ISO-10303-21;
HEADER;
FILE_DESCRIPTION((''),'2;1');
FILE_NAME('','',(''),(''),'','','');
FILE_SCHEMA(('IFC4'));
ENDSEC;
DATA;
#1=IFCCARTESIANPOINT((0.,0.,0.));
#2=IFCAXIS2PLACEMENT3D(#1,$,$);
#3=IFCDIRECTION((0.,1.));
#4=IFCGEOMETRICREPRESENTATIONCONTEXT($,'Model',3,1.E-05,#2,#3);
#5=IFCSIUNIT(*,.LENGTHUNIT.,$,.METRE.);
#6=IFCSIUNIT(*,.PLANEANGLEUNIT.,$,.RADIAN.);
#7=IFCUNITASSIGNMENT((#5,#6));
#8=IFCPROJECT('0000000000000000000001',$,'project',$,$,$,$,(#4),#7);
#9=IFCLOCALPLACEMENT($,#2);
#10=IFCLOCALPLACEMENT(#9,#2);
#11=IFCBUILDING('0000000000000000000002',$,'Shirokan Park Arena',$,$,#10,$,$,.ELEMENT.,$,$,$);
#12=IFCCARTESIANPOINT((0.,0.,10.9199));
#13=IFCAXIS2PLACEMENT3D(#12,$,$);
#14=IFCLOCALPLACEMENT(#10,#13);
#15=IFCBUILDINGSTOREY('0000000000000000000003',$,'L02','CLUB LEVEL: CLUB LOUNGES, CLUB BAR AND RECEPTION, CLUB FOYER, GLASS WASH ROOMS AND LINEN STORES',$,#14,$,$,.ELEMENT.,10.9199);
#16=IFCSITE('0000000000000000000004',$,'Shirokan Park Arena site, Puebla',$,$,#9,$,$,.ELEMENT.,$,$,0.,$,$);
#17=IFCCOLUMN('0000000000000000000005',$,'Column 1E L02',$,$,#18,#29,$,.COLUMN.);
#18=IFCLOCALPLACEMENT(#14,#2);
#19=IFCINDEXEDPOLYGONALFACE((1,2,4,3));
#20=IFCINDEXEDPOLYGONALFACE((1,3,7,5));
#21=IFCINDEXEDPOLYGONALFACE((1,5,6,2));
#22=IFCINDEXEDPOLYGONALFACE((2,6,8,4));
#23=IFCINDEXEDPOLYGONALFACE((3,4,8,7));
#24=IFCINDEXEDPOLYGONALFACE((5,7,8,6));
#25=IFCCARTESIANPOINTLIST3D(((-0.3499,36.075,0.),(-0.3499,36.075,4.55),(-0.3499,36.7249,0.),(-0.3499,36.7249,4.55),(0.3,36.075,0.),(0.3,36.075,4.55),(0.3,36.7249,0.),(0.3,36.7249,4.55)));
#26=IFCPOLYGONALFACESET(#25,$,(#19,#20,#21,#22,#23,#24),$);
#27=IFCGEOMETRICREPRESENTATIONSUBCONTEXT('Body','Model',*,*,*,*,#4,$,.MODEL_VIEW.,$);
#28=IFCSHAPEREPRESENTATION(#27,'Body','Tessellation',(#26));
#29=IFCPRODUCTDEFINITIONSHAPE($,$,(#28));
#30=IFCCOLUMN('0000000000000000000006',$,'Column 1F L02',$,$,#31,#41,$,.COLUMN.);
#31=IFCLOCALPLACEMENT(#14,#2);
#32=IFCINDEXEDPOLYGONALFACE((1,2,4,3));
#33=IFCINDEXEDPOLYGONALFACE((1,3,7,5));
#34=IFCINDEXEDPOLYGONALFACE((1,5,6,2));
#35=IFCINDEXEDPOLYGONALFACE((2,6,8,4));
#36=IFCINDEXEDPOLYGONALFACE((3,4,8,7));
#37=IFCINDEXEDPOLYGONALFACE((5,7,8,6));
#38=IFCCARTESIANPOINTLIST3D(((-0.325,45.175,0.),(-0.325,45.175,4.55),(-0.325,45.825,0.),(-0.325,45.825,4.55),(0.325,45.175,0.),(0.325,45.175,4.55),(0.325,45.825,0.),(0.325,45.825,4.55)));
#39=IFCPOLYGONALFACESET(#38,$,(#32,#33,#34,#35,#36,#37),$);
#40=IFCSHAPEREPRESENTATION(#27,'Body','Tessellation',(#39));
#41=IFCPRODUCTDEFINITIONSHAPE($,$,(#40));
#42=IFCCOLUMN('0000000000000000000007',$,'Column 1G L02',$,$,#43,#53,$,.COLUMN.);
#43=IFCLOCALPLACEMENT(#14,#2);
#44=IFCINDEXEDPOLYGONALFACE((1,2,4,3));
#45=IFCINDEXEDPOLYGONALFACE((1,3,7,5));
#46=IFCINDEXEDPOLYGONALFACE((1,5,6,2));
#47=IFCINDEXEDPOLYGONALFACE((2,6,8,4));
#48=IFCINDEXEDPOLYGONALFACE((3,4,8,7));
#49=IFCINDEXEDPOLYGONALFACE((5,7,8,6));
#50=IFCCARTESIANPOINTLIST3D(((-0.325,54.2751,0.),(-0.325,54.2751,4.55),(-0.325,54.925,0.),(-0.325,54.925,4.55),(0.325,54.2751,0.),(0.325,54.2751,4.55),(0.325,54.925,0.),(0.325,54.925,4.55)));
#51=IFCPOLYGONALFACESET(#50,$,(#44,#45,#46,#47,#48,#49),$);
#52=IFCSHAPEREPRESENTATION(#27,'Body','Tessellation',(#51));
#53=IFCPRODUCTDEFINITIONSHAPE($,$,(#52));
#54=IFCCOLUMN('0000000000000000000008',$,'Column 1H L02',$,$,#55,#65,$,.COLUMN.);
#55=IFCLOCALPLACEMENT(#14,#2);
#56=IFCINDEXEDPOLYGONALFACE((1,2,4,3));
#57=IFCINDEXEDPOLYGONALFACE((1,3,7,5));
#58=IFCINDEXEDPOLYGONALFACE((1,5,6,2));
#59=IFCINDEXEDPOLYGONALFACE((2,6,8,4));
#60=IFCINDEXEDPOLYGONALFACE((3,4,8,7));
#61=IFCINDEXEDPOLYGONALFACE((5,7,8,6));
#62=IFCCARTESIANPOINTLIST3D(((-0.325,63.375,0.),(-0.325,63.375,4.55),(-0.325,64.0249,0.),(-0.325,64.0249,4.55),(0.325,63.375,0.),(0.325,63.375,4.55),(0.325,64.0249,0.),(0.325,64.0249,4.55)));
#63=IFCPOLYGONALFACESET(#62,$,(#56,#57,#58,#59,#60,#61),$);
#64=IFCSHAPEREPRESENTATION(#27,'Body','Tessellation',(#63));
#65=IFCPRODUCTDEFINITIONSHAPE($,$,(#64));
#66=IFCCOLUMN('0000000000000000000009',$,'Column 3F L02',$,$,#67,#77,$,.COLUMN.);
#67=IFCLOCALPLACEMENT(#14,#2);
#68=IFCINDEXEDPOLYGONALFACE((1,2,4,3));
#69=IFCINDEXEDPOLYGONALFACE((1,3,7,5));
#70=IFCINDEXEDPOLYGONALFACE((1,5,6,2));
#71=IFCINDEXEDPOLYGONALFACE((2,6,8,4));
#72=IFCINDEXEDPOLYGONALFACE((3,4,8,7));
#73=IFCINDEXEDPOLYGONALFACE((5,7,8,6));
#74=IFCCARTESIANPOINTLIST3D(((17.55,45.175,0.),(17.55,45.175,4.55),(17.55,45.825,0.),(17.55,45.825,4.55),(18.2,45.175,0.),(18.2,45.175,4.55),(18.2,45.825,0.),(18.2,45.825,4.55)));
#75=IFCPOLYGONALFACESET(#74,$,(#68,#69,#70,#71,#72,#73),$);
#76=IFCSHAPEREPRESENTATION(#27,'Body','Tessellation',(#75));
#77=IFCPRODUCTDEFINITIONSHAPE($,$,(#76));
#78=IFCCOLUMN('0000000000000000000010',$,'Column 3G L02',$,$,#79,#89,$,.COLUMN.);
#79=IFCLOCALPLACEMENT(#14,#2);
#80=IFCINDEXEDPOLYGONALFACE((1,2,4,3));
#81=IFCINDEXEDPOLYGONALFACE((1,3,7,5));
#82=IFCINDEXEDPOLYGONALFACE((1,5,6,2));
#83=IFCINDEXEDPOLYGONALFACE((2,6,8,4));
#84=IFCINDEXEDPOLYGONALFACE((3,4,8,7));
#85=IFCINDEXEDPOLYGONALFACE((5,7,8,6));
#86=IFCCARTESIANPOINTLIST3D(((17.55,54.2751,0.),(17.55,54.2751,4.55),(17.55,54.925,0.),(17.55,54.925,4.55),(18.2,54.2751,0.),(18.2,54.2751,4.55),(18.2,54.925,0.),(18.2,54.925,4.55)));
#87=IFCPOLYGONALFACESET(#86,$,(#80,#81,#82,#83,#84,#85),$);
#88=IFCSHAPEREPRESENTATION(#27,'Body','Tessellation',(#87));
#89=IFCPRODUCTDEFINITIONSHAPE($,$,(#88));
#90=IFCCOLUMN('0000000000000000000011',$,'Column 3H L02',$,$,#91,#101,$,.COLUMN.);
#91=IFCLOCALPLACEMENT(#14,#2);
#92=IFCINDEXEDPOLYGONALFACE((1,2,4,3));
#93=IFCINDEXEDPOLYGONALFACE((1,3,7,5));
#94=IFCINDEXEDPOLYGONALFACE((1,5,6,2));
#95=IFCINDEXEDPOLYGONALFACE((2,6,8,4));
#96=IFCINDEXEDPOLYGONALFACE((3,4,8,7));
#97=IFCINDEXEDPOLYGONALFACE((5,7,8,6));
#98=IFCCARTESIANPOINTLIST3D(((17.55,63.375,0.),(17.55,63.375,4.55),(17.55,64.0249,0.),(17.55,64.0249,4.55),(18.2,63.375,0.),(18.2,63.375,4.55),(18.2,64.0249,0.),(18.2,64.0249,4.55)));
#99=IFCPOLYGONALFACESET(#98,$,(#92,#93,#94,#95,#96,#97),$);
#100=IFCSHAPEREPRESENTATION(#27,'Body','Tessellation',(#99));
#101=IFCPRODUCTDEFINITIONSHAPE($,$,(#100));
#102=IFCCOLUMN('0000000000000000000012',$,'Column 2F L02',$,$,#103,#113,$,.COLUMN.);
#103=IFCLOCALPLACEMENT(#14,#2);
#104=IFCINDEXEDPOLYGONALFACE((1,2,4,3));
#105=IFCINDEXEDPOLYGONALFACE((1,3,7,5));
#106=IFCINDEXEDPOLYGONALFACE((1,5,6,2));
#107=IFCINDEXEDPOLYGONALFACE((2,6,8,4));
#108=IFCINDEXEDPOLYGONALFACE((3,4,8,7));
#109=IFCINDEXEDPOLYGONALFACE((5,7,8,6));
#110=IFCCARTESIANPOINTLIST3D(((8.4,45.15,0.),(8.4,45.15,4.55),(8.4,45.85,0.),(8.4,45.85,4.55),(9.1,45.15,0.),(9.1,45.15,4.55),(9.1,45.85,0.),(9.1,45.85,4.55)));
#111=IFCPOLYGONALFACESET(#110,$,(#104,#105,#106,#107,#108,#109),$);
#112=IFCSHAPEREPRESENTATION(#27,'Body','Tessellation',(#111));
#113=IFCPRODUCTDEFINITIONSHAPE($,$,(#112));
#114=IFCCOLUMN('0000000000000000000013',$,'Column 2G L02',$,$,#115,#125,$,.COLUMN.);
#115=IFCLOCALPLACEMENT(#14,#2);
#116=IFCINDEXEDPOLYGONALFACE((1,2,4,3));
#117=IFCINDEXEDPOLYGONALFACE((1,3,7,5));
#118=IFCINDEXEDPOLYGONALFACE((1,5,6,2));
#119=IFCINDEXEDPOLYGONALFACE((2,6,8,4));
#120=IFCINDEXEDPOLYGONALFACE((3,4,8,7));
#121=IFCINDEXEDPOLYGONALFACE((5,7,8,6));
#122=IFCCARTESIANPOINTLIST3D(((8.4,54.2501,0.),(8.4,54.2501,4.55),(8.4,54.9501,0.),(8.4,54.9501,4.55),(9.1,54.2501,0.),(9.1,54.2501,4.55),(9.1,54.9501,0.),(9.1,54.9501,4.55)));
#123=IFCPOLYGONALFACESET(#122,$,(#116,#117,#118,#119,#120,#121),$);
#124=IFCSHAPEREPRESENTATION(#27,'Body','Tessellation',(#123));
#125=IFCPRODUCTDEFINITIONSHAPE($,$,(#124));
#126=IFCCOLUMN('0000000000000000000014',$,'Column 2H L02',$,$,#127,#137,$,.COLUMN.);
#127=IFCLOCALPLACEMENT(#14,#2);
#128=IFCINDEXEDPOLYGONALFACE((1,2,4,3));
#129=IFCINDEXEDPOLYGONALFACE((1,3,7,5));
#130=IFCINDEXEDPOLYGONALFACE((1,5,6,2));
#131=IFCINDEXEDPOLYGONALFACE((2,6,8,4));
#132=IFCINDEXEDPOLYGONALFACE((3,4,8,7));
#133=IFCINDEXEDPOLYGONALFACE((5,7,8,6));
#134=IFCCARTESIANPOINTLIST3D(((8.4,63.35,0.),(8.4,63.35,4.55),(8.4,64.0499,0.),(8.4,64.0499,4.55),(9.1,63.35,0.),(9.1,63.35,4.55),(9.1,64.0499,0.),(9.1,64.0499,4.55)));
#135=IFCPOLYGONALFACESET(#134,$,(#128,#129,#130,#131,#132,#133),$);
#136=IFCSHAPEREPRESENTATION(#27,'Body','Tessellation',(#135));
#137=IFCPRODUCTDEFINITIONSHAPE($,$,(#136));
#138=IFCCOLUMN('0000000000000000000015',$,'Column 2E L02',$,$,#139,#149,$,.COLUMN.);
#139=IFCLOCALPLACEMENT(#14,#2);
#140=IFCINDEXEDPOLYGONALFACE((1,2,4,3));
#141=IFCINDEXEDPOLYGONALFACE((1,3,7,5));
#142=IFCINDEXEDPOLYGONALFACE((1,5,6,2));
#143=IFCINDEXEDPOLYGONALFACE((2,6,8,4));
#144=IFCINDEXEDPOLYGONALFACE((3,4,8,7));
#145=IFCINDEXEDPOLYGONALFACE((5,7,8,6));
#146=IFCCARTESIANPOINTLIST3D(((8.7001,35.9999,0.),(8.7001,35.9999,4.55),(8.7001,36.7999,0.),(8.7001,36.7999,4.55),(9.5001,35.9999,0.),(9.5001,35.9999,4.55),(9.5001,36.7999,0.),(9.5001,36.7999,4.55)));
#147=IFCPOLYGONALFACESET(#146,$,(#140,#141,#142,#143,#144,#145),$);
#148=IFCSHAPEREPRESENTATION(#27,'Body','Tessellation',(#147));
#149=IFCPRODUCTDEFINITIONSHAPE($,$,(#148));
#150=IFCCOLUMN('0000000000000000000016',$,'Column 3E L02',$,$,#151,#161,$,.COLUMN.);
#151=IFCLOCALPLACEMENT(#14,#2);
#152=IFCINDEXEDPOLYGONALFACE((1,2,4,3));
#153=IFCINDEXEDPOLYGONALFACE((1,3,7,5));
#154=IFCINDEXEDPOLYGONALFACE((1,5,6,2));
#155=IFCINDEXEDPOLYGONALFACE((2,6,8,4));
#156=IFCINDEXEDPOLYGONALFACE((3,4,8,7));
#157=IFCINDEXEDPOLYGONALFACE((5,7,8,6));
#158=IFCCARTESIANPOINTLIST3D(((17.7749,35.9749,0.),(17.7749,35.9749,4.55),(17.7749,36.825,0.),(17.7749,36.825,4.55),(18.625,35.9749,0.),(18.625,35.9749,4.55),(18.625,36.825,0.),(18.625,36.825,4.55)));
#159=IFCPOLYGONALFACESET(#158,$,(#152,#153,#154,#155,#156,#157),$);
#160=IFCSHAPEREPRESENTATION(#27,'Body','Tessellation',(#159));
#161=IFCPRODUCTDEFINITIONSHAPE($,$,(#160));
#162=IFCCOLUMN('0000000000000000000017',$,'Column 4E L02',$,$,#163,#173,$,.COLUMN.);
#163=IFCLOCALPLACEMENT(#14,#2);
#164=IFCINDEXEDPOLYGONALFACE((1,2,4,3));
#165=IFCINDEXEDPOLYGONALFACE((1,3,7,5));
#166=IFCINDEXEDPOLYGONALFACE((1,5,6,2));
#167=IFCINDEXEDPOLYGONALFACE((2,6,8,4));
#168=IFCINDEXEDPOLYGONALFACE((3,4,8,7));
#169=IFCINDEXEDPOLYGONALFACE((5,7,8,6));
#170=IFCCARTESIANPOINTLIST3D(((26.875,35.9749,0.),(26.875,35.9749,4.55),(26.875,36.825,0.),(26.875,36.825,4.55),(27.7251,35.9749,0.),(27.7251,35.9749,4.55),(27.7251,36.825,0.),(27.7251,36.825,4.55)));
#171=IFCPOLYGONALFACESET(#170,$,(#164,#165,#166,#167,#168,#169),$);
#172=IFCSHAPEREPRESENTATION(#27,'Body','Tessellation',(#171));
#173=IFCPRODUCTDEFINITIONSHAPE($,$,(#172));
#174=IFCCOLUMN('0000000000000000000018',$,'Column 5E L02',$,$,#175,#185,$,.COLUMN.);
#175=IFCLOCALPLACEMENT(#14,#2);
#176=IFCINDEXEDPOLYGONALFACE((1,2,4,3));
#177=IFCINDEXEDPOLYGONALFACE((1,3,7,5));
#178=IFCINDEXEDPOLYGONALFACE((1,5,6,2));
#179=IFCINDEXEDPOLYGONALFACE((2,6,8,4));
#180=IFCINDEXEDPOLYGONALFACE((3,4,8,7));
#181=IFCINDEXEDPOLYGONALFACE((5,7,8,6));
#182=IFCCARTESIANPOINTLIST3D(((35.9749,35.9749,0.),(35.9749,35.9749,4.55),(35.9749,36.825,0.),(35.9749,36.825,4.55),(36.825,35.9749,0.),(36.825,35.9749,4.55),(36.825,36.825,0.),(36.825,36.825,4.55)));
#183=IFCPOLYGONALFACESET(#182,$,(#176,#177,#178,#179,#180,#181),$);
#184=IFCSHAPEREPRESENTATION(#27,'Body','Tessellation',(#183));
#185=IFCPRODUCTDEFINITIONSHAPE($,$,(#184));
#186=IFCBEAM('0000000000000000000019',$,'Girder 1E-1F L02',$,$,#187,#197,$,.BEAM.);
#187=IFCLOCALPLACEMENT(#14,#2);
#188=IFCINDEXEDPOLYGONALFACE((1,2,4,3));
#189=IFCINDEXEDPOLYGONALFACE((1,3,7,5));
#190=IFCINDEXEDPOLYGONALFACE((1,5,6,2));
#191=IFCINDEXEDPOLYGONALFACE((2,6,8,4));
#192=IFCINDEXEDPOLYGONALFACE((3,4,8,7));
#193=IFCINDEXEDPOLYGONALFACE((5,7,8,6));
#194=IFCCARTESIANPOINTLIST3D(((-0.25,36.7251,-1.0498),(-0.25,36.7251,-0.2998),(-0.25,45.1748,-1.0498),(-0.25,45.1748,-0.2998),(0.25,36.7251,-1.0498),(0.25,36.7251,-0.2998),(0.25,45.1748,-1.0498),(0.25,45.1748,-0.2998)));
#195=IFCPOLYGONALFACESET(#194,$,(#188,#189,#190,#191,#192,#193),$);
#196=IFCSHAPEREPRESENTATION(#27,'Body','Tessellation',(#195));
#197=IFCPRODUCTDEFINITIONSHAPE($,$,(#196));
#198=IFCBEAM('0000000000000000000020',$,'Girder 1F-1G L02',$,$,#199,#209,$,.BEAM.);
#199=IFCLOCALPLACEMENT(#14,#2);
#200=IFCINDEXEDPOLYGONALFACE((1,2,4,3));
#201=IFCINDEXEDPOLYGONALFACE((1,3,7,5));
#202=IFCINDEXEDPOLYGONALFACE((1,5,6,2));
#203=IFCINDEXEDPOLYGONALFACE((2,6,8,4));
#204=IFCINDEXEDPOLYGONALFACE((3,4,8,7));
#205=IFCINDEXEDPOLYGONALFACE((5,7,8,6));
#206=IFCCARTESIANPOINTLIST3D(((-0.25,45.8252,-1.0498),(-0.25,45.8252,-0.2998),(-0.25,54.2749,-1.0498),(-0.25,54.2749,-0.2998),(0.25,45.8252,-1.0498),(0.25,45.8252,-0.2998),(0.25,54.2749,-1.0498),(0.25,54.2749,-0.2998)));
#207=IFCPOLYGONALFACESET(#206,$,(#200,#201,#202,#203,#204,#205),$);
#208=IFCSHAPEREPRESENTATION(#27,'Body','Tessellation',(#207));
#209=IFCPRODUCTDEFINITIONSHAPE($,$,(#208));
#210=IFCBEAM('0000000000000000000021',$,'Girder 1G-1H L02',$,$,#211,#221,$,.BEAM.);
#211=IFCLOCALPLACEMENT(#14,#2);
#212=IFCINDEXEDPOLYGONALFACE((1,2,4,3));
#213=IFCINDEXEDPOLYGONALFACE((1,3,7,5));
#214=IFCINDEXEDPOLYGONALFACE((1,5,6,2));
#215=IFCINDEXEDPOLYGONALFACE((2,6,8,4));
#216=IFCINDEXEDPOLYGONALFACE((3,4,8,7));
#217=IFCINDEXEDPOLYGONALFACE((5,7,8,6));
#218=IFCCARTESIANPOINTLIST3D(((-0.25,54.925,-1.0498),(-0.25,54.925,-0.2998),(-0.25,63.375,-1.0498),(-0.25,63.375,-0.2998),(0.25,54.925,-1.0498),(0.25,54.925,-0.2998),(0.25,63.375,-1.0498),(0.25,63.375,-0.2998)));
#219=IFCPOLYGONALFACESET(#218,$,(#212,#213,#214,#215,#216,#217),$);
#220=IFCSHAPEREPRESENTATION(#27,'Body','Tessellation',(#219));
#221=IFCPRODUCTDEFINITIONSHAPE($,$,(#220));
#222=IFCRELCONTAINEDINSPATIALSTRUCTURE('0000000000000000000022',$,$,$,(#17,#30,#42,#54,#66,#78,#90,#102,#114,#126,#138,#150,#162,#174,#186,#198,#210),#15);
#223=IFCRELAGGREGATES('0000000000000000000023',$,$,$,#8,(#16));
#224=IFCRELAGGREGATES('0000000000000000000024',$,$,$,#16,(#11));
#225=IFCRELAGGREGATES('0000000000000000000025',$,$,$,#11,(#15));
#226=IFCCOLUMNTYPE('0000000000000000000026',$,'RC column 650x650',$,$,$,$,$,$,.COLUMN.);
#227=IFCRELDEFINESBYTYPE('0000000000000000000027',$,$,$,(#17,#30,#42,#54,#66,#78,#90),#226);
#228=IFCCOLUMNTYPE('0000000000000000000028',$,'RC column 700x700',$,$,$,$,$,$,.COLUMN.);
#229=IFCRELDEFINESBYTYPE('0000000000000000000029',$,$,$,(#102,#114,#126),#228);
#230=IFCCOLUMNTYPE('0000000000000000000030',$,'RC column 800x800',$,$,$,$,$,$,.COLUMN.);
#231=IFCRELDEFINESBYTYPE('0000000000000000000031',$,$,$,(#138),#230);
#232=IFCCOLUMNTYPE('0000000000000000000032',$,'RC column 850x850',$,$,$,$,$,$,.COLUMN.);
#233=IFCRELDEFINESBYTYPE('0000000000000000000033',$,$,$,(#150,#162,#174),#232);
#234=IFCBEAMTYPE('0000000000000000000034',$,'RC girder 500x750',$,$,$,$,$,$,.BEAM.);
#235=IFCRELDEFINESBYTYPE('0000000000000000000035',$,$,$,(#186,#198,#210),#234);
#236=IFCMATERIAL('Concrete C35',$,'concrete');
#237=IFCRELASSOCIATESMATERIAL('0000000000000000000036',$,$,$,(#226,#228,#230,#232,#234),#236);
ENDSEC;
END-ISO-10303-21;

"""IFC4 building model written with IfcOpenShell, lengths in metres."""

from ifc_helpers import new_model, si_unit, direction, frame, origin, origin_2d, place, context, subcontext, project, spatial, rectangle, extrude, material, material_profile, profile_set, type_object, element, save


model = new_model("IFC4")

# Units and contexts
model_context = context("Model", 3, precision=1e-05, world=origin(), true_north=direction((0.0, 1.0)))
body_context = subcontext(model_context, "Body", "Model", "MODEL_VIEW")
ifc_project = project(units=[si_unit("LENGTHUNIT", "METRE"), si_unit("PLANEANGLEUNIT", "RADIAN")], contexts=[model_context])

# Site, building, storey
site_placement = place(None, origin())
site = spatial("IfcSite", under=ifc_project, at=site_placement, Name="Shirokan Park Arena site, Puebla", CompositionType="ELEMENT", RefElevation=0.0)
building_placement = place(site_placement, origin())
building = spatial("IfcBuilding", under=site, at=building_placement, Name="Shirokan Park Arena", CompositionType="ELEMENT")
storey_placement = place(building_placement, frame((0.0, 0.0, 10.9199)))
storey = spatial("IfcBuildingStorey", under=building, at=storey_placement, Name="L02", Description="CLUB LEVEL: CLUB LOUNGES, CLUB BAR AND RECEPTION, CLUB FOYER, GLASS WASH ROOMS AND LINEN STORES", CompositionType="ELEMENT", Elevation=10.9199)

# Columns
ifc_material_1 = material(Name="Concrete C35", Category="concrete")
ifc_material_profile_1 = material_profile(ifc_material_1, rectangle(XDim=0.6499, YDim=0.6499, at=origin_2d()), Name="650x650")
ifc_profile_set_1 = profile_set([ifc_material_profile_1], Name="Concrete C35")
column_type_1 = type_object("IfcColumnType", Name="RC column 650x650", PredefinedType="COLUMN", material=ifc_profile_set_1)
for number, where, z_axis, x_axis, name in (
    (1, (-0.0249, 36.3999, 0.0), (0.0, 0.0, 1.0), (1.0, 0.0, 0.0), "Column 1E L02"),
    (2, (0.0, 45.5, 0.0), (0.0, 0.0, 1.0), (1.0, 0.0, 0.0), "Column 1F L02"),
    (3, (0.0, 54.6001, 0.0), (0.0, 0.0, 1.0), (1.0, 0.0, 0.0), "Column 1G L02"),
    (4, (0.0, 63.7, 0.0), (0.0, 0.0, 1.0), (1.0, 0.0, 0.0), "Column 1H L02"),
    (5, (17.875, 45.5, 0.0), (0.0, 0.0, 1.0), (1.0, 0.0, 0.0), "Column 3F L02"),
    (6, (17.875, 54.6001, 0.0), (0.0, 0.0, 1.0), (1.0, 0.0, 0.0), "Column 3G L02"),
    (7, (17.875, 63.7, 0.0), (0.0, 0.0, 1.0), (1.0, 0.0, 0.0), "Column 3H L02"),
):
    element("IfcColumn", number, at=place(storey_placement, frame(where, z_axis=z_axis, x_axis=x_axis)), inside=storey, type_object=column_type_1, Name=name, PredefinedType="COLUMN", context=body_context, shape_type="SweptSolid", body=[
        extrude(rectangle(XDim=0.6499, YDim=0.6499, at=origin_2d()), origin(), (0.0, 0.0, 1.0), 4.55),
    ])
ifc_material_profile_2 = material_profile(ifc_material_1, rectangle(XDim=0.7, YDim=0.7, at=origin_2d()), Name="700x700")
ifc_profile_set_2 = profile_set([ifc_material_profile_2], Name="Concrete C35")
column_type_2 = type_object("IfcColumnType", Name="RC column 700x700", PredefinedType="COLUMN", material=ifc_profile_set_2)
for number, where, z_axis, x_axis, name in (
    (8, (8.75, 45.5, 0.0), (0.0, 0.0, 1.0), (1.0, 0.0, 0.0), "Column 2F L02"),
    (9, (8.75, 54.6001, 0.0), (0.0, 0.0, 1.0), (1.0, 0.0, 0.0), "Column 2G L02"),
    (10, (8.75, 63.7, 0.0), (0.0, 0.0, 1.0), (1.0, 0.0, 0.0), "Column 2H L02"),
):
    element("IfcColumn", number, at=place(storey_placement, frame(where, z_axis=z_axis, x_axis=x_axis)), inside=storey, type_object=column_type_2, Name=name, PredefinedType="COLUMN", context=body_context, shape_type="SweptSolid", body=[
        extrude(rectangle(XDim=0.7, YDim=0.7, at=origin_2d()), origin(), (0.0, 0.0, 1.0), 4.55),
    ])
ifc_material_profile_3 = material_profile(ifc_material_1, rectangle(XDim=0.8, YDim=0.8, at=origin_2d()), Name="800x800")
ifc_profile_set_3 = profile_set([ifc_material_profile_3], Name="Concrete C35")
column_type_3 = type_object("IfcColumnType", Name="RC column 800x800", PredefinedType="COLUMN", material=ifc_profile_set_3)
column_placement = place(storey_placement, frame((9.1001, 36.3999, 0.0), z_axis=(0.0, 0.0, 1.0), x_axis=(1.0, 0.0, 0.0)))
element("IfcColumn", 11, at=column_placement, inside=storey, type_object=column_type_3, Name="Column 2E L02", PredefinedType="COLUMN", context=body_context, shape_type="SweptSolid", body=[
    extrude(rectangle(XDim=0.8, YDim=0.8, at=origin_2d()), origin(), (0.0, 0.0, 1.0), 4.55),
])
ifc_material_profile_4 = material_profile(ifc_material_1, rectangle(XDim=0.8501, YDim=0.8501, at=origin_2d()), Name="850x850")
ifc_profile_set_4 = profile_set([ifc_material_profile_4], Name="Concrete C35")
column_type_4 = type_object("IfcColumnType", Name="RC column 850x850", PredefinedType="COLUMN", material=ifc_profile_set_4)
for number, where, z_axis, x_axis, name in (
    (12, (18.2, 36.3999, 0.0), (0.0, 0.0, 1.0), (1.0, 0.0, 0.0), "Column 3E L02"),
    (13, (27.3, 36.3999, 0.0), (0.0, 0.0, 1.0), (1.0, 0.0, 0.0), "Column 4E L02"),
    (14, (36.3999, 36.3999, 0.0), (0.0, 0.0, 1.0), (1.0, 0.0, 0.0), "Column 5E L02"),
):
    element("IfcColumn", number, at=place(storey_placement, frame(where, z_axis=z_axis, x_axis=x_axis)), inside=storey, type_object=column_type_4, Name=name, PredefinedType="COLUMN", context=body_context, shape_type="SweptSolid", body=[
        extrude(rectangle(XDim=0.8501, YDim=0.8501, at=origin_2d()), origin(), (0.0, 0.0, 1.0), 4.55),
    ])

# Beams
ifc_material_profile_5 = material_profile(ifc_material_1, rectangle(XDim=0.5, YDim=0.75, at=origin_2d()), Name="500x750")
ifc_profile_set_5 = profile_set([ifc_material_profile_5], Name="Concrete C35")
beam_type = type_object("IfcBeamType", Name="RC girder 500x750", PredefinedType="BEAM", material=ifc_profile_set_5)
for number, where, z_axis, x_axis, name in (
    (15, (0.0, 36.7251, -0.6748), (0.0, 1.0, 0.0), (-1.0, 0.0, 0.0), "Girder 1E-1F L02"),
    (16, (0.0, 45.8252, -0.6748), (0.0, 1.0, 0.0), (-1.0, 0.0, 0.0), "Girder 1F-1G L02"),
):
    element("IfcBeam", number, at=place(storey_placement, frame(where, z_axis=z_axis, x_axis=x_axis)), inside=storey, type_object=beam_type, Name=name, PredefinedType="BEAM", context=body_context, shape_type="SweptSolid", body=[
        extrude(rectangle(XDim=0.5, YDim=0.75, at=origin_2d()), origin(), (0.0, 0.0, 1.0), 8.4497),
    ])
beam_1_placement = place(storey_placement, frame((0.0, 54.925, -0.6748), z_axis=(0.0, 1.0, 0.0), x_axis=(-1.0, 0.0, 0.0)))
element("IfcBeam", 17, at=beam_1_placement, inside=storey, type_object=beam_type, Name="Girder 1G-1H L02", PredefinedType="BEAM", context=body_context, shape_type="SweptSolid", body=[
    extrude(rectangle(XDim=0.5, YDim=0.75, at=origin_2d()), origin(), (0.0, 0.0, 1.0), 8.45),
])

save(model, "model.ifc")
